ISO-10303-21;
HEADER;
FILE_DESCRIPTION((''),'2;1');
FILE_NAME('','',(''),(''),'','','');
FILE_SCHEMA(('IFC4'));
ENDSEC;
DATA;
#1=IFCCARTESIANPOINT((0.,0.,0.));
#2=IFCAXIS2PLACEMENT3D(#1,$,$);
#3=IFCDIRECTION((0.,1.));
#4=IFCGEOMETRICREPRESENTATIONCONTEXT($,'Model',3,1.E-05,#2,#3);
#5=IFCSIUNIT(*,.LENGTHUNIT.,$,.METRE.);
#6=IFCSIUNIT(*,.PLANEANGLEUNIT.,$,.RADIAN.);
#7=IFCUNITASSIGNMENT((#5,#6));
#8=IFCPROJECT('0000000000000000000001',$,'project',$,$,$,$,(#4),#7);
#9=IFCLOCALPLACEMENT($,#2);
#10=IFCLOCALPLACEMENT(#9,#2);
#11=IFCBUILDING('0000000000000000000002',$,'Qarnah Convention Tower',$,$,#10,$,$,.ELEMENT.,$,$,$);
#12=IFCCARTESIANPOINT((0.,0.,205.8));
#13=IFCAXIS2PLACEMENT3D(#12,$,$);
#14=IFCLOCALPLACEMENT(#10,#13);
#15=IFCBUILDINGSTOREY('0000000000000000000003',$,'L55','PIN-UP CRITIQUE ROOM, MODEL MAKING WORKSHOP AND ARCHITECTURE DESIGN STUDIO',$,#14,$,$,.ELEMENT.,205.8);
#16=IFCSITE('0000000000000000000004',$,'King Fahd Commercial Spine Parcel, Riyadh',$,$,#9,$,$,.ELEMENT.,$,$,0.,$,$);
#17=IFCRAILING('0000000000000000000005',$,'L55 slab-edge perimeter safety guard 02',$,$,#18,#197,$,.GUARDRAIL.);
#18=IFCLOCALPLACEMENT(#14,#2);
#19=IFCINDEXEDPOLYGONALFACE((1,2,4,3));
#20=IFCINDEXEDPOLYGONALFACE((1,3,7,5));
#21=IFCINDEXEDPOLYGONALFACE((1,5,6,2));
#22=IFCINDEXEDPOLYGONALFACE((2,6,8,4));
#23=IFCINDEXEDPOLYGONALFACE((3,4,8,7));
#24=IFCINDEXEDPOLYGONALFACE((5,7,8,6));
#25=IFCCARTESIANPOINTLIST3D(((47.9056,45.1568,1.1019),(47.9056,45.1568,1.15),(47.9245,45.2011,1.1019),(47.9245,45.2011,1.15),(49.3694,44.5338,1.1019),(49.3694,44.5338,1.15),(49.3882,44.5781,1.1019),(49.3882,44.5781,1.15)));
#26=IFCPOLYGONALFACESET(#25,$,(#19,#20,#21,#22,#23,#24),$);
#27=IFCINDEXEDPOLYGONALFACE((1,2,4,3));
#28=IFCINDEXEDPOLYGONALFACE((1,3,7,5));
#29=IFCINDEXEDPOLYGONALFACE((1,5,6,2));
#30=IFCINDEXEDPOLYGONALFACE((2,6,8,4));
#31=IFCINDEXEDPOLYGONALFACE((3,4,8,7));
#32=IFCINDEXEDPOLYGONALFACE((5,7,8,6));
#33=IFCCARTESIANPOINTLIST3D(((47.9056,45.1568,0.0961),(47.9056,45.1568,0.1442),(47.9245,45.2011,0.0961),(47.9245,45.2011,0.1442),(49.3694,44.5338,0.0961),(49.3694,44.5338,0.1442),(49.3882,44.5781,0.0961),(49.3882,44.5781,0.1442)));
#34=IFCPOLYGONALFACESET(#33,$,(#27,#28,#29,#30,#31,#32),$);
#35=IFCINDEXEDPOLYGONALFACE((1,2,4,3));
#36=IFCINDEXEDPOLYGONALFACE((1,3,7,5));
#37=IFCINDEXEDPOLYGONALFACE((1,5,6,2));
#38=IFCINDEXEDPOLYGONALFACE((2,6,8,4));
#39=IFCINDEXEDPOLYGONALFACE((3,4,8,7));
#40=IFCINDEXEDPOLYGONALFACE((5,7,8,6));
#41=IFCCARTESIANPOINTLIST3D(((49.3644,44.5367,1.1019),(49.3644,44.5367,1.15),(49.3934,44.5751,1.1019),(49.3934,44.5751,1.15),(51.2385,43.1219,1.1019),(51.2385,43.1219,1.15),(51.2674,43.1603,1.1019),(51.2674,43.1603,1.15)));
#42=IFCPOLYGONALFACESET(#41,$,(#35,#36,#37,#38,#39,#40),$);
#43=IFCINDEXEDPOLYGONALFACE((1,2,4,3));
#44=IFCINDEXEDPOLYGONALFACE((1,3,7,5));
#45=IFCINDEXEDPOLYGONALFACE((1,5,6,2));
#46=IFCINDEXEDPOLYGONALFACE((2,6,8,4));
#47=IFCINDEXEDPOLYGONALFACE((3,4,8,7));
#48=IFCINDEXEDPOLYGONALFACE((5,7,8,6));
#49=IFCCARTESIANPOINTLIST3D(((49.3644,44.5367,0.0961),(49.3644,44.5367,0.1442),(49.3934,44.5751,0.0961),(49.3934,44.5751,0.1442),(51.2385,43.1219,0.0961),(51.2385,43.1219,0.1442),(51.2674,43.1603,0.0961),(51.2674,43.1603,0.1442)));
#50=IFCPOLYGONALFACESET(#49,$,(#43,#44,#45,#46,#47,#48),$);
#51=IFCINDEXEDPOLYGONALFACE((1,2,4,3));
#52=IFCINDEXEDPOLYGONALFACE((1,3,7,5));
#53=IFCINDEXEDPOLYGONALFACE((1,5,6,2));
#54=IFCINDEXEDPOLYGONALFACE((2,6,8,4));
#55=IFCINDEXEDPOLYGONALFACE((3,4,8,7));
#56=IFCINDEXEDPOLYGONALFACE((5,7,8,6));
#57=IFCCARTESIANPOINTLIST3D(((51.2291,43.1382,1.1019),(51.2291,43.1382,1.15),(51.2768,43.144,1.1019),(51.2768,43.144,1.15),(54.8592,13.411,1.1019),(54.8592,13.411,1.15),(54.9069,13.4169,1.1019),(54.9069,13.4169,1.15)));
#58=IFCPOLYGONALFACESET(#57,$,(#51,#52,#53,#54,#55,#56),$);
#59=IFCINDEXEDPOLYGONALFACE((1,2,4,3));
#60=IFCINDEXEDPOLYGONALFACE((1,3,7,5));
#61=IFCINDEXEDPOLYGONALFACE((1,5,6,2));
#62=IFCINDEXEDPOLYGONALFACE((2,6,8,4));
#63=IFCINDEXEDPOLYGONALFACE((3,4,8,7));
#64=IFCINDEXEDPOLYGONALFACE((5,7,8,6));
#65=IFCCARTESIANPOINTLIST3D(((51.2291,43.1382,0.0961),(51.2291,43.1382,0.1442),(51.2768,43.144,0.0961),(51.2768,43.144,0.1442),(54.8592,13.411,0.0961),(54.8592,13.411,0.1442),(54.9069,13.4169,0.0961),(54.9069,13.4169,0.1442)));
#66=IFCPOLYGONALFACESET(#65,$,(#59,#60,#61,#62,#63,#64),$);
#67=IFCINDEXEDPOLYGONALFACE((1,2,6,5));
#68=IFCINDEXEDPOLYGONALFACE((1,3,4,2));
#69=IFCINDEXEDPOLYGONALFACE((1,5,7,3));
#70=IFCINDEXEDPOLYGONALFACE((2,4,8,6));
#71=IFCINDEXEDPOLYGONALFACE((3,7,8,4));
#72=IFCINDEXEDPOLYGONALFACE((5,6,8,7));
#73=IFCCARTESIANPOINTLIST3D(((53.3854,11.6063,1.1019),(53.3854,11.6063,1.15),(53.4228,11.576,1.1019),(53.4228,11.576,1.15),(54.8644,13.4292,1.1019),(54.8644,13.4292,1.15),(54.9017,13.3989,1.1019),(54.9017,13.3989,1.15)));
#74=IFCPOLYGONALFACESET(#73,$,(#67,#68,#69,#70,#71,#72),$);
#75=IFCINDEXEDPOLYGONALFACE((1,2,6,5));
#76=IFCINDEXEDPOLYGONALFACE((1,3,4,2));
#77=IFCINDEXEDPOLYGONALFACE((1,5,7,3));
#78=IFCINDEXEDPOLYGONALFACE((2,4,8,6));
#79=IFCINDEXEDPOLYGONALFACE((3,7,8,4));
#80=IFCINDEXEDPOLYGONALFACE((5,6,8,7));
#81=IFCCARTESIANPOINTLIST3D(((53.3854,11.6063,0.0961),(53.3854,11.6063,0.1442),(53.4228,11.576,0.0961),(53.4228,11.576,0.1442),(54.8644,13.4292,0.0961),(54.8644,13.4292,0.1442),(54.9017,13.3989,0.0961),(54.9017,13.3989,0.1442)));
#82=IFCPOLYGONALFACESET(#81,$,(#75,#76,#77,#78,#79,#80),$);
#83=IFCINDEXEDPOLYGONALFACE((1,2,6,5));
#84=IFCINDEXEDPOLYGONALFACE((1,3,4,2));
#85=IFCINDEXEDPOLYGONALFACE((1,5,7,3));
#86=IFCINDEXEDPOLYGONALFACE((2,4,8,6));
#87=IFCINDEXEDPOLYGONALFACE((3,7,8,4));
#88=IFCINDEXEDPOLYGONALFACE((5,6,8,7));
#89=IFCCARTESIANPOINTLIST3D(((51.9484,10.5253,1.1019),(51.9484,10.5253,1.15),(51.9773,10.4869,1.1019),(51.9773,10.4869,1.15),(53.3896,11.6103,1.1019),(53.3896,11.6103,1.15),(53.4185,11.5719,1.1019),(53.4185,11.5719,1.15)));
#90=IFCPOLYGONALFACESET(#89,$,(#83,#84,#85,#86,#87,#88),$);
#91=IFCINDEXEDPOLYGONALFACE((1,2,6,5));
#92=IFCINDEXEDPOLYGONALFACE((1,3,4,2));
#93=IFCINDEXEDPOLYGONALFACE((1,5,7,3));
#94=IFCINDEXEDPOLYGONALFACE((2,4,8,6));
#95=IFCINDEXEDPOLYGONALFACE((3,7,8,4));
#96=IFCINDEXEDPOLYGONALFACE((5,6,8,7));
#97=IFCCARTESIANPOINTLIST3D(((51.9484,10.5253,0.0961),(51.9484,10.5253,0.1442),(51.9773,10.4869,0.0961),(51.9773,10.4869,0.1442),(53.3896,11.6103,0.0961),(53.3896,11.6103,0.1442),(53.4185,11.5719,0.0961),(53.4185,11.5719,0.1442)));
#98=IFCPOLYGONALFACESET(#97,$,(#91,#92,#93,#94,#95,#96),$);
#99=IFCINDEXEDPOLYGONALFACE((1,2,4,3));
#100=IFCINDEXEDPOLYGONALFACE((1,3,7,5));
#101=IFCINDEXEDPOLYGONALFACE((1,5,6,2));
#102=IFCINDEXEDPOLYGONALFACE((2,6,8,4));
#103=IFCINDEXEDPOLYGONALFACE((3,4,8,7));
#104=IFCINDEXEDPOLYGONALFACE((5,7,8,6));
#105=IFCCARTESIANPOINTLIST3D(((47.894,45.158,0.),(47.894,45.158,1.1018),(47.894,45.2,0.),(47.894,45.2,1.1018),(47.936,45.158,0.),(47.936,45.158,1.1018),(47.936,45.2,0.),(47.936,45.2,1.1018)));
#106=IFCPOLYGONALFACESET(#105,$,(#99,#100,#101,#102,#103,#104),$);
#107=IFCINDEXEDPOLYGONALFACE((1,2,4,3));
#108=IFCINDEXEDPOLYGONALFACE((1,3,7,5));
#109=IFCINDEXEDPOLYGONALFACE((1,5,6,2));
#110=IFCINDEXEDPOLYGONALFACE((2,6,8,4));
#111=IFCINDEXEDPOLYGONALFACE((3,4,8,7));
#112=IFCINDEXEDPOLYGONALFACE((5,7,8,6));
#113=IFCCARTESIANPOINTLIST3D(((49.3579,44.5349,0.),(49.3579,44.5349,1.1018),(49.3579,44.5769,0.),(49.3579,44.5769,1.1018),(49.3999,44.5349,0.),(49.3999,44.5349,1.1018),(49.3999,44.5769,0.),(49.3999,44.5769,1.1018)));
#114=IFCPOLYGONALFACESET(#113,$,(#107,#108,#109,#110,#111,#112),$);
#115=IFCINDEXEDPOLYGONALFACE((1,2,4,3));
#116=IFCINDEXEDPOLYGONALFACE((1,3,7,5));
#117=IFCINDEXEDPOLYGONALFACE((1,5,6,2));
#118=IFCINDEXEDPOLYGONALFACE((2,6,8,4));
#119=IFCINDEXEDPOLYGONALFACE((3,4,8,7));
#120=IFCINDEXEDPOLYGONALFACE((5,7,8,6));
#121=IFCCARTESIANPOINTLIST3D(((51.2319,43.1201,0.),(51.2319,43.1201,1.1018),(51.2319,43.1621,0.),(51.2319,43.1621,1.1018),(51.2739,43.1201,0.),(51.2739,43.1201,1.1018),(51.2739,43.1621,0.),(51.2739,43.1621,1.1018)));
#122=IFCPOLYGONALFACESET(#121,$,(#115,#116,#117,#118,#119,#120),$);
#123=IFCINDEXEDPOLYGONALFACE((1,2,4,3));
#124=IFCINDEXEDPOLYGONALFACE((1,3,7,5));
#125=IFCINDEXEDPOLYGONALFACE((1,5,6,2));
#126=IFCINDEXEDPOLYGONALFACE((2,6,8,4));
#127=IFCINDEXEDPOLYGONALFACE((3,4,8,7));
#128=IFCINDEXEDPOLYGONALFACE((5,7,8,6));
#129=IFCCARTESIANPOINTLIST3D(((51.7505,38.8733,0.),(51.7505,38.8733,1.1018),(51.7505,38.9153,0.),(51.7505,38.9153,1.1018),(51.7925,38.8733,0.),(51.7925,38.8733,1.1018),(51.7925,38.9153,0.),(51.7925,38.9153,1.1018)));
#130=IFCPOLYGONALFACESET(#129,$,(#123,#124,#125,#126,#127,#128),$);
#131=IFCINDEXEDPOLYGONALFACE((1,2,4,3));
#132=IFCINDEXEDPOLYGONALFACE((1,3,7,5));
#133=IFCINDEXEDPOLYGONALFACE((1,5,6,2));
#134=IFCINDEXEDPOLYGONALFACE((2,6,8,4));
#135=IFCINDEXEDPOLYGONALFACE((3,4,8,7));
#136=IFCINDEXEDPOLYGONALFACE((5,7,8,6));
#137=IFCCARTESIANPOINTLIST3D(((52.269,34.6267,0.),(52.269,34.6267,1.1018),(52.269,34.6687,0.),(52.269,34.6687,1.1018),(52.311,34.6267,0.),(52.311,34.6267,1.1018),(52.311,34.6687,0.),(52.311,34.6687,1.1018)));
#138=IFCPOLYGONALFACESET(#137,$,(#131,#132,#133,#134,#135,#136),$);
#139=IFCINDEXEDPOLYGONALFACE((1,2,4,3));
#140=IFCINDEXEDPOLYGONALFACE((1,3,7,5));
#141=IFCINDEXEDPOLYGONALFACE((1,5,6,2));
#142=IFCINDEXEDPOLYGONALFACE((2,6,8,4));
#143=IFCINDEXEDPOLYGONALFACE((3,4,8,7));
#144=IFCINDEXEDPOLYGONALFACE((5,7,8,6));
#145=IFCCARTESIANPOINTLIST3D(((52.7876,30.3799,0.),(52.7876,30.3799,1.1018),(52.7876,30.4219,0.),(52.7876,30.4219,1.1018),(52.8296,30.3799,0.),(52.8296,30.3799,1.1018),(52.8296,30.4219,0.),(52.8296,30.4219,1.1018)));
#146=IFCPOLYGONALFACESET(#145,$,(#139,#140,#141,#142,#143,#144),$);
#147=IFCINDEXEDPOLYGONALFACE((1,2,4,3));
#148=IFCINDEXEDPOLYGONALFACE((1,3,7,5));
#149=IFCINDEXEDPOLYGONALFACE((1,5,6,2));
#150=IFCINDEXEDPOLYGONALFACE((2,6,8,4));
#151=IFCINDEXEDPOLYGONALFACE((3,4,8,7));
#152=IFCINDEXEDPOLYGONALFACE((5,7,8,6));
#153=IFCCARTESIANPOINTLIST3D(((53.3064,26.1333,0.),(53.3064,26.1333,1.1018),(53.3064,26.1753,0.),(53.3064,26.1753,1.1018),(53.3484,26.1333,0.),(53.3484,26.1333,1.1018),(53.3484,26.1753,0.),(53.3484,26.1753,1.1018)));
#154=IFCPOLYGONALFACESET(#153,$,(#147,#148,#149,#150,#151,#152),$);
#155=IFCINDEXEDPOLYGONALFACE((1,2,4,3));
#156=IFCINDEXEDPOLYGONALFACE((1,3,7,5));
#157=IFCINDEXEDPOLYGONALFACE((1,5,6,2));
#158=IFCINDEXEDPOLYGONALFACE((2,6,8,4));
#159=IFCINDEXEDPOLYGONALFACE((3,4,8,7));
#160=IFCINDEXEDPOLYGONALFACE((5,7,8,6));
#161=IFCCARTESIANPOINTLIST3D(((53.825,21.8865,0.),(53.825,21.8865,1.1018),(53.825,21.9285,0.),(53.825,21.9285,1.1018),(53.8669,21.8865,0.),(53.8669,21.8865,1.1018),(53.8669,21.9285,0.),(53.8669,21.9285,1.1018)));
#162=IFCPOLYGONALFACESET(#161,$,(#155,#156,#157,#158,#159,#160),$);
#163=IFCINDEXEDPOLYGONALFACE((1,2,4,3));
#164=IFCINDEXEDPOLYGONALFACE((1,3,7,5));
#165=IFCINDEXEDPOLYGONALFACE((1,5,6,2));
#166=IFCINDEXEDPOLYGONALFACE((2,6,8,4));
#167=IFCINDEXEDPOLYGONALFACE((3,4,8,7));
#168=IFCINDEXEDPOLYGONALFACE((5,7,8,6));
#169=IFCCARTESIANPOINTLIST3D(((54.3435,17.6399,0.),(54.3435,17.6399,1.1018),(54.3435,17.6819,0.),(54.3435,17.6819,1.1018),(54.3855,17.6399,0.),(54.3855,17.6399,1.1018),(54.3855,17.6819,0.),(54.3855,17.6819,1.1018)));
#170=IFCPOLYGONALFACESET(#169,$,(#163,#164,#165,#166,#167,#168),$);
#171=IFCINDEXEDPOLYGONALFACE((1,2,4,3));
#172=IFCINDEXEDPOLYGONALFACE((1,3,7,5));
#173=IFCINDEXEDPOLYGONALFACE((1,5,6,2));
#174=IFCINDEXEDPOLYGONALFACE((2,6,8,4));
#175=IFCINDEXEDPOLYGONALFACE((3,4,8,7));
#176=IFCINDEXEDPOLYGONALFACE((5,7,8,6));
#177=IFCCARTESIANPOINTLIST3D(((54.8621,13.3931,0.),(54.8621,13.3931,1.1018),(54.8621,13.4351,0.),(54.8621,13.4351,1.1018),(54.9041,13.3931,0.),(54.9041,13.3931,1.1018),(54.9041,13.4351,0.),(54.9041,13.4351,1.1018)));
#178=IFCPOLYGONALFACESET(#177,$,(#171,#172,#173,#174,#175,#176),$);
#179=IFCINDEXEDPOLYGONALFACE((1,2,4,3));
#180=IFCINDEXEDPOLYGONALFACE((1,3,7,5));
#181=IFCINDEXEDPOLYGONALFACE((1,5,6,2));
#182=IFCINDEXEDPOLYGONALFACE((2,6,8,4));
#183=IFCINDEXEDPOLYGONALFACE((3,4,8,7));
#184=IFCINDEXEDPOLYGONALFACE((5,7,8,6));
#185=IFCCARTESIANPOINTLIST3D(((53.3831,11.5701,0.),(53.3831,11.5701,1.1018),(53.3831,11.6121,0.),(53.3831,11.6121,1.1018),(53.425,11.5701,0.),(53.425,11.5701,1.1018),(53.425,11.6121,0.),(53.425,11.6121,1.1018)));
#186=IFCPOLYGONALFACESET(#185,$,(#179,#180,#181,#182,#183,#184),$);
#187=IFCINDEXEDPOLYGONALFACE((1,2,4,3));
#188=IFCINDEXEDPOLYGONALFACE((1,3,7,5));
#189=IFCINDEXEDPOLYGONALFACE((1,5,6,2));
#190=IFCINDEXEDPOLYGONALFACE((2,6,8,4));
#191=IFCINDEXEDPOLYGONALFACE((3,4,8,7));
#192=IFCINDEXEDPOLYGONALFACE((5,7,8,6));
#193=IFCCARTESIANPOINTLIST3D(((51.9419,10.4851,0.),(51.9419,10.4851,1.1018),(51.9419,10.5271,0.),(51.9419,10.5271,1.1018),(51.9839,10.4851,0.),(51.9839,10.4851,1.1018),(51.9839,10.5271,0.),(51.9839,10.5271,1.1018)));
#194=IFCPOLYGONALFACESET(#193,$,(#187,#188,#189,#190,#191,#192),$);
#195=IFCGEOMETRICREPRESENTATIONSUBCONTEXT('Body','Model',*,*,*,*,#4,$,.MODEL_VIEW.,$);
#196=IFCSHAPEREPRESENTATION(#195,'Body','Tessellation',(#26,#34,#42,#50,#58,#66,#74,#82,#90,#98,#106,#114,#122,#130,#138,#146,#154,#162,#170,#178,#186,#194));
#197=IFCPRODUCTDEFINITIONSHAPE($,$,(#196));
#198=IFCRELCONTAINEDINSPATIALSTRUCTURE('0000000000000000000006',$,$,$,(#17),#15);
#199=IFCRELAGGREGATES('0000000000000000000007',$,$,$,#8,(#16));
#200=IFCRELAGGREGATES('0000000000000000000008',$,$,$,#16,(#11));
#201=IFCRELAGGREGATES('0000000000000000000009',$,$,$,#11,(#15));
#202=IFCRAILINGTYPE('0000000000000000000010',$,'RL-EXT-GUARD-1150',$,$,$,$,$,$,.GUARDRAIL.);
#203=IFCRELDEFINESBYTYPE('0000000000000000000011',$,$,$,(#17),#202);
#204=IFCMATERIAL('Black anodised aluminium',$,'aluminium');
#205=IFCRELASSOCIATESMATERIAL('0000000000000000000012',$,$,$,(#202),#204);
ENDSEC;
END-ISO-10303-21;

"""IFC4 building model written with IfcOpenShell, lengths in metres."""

from ifc_helpers import new_model, si_unit, direction, frame, origin, origin_2d, place, context, subcontext, project, spatial, rectangle, extrude, material, type_object, element, save


model = new_model("IFC4")

# Units and contexts
model_context = context("Model", 3, precision=1e-05, world=origin(), true_north=direction((0.0, 1.0)))
body_context = subcontext(model_context, "Body", "Model", "MODEL_VIEW")
ifc_project = project(units=[si_unit("LENGTHUNIT", "METRE"), si_unit("PLANEANGLEUNIT", "RADIAN")], contexts=[model_context])

# Site, building, storey
site_placement = place(None, origin())
site = spatial("IfcSite", under=ifc_project, at=site_placement, Name="King Fahd Commercial Spine Parcel, Riyadh", CompositionType="ELEMENT", RefElevation=0.0)
building_placement = place(site_placement, origin())
building = spatial("IfcBuilding", under=site, at=building_placement, Name="Qarnah Convention Tower", CompositionType="ELEMENT")
storey_placement = place(building_placement, frame((0.0, 0.0, 205.8)))
storey = spatial("IfcBuildingStorey", under=building, at=storey_placement, Name="L55", Description="PIN-UP CRITIQUE ROOM, MODEL MAKING WORKSHOP AND ARCHITECTURE DESIGN STUDIO", CompositionType="ELEMENT", Elevation=205.8)

# Shared definitions
ifc_material_1 = material(Name="Black anodised aluminium", Category="aluminium")

# Railing
railing_type = type_object("IfcRailingType", Name="RL-EXT-GUARD-1150", PredefinedType="GUARDRAIL", material=ifc_material_1)
railing_1_placement = place(storey_placement, frame((47.915, 45.179, 0.0)))
element("IfcRailing", 1, at=railing_1_placement, inside=storey, type_object=railing_type, Name="L55 slab-edge perimeter safety guard 02", PredefinedType="GUARDRAIL", context=body_context, shape_type="SweptSolid", body=[
    extrude(rectangle(XDim=0.0481, YDim=0.0481, at=origin_2d()), frame((0.0, 0.0, 1.126), z_axis=(0.920126, -0.391622, 0.0), x_axis=(0.391622, 0.920126, 0.0)), (0.0, 0.0, 1.0), 1.5908),
    extrude(rectangle(XDim=0.0481, YDim=0.0481, at=origin_2d()), frame((0.0, 0.0, 0.1201), z_axis=(0.920126, -0.391622, 0.0), x_axis=(0.391622, 0.920126, 0.0)), (0.0, 0.0, 1.0), 1.5908),
    extrude(rectangle(XDim=0.0481, YDim=0.0481, at=origin_2d()), frame((1.4639, -0.623, 1.126), z_axis=(0.7981, -0.602526, 0.0), x_axis=(0.602526, 0.7981, 0.0)), (0.0, 0.0, 1.0), 2.3481),
    extrude(rectangle(XDim=0.0481, YDim=0.0481, at=origin_2d()), frame((1.4639, -0.623, 0.1201), z_axis=(0.7981, -0.602526, 0.0), x_axis=(0.602526, 0.7981, 0.0)), (0.0, 0.0, 1.0), 2.3481),
    extrude(rectangle(XDim=0.0481, YDim=0.0481, at=origin_2d()), frame((3.3379, -2.0378, 1.126), z_axis=(0.121215, -0.992626, 0.0), x_axis=(0.992626, 0.121215, 0.0)), (0.0, 0.0, 1.0), 29.948),
    extrude(rectangle(XDim=0.0481, YDim=0.0481, at=origin_2d()), frame((3.3379, -2.0378, 0.1201), z_axis=(0.121215, -0.992626, 0.0), x_axis=(0.992626, 0.121215, 0.0)), (0.0, 0.0, 1.0), 29.948),
    extrude(rectangle(XDim=0.0481, YDim=0.0481, at=origin_2d()), frame((6.968, -31.7649, 1.126), z_axis=(-0.630033, -0.776569, 0.0), x_axis=(0.776569, -0.630033, 0.0)), (0.0, 0.0, 1.0), 2.3474),
    extrude(rectangle(XDim=0.0481, YDim=0.0481, at=origin_2d()), frame((6.968, -31.7649, 0.1201), z_axis=(-0.630033, -0.776569, 0.0), x_axis=(0.776569, -0.630033, 0.0)), (0.0, 0.0, 1.0), 2.3474),
    extrude(rectangle(XDim=0.0481, YDim=0.0481, at=origin_2d()), frame((5.489, -33.5879, 1.126), z_axis=(-0.798911, -0.60145, 0.0), x_axis=(0.60145, -0.798911, 0.0)), (0.0, 0.0, 1.0), 1.804),
    extrude(rectangle(XDim=0.0481, YDim=0.0481, at=origin_2d()), frame((5.489, -33.5879, 0.1201), z_axis=(-0.798911, -0.60145, 0.0), x_axis=(0.60145, -0.798911, 0.0)), (0.0, 0.0, 1.0), 1.804),
    extrude(rectangle(XDim=0.042, YDim=0.042, at=origin_2d()), origin(), (0.0, 0.0, 1.0), 1.1018),
    extrude(rectangle(XDim=0.042, YDim=0.042, at=origin_2d()), frame((1.4639, -0.623, 0.0)), (0.0, 0.0, 1.0), 1.1018),
    extrude(rectangle(XDim=0.042, YDim=0.042, at=origin_2d()), frame((3.3379, -2.0378, 0.0)), (0.0, 0.0, 1.0), 1.1018),
    extrude(rectangle(XDim=0.042, YDim=0.042, at=origin_2d()), frame((3.8564, -6.2847, 0.0)), (0.0, 0.0, 1.0), 1.1018),
    extrude(rectangle(XDim=0.042, YDim=0.042, at=origin_2d()), frame((4.375, -10.5312, 0.0)), (0.0, 0.0, 1.0), 1.1018),
    extrude(rectangle(XDim=0.042, YDim=0.042, at=origin_2d()), frame((4.8936, -14.7781, 0.0)), (0.0, 0.0, 1.0), 1.1018),
    extrude(rectangle(XDim=0.042, YDim=0.042, at=origin_2d()), frame((5.4124, -19.0247, 0.0)), (0.0, 0.0, 1.0), 1.1018),
    extrude(rectangle(XDim=0.042, YDim=0.042, at=origin_2d()), frame((5.9309, -23.2715, 0.0)), (0.0, 0.0, 1.0), 1.1018),
    extrude(rectangle(XDim=0.042, YDim=0.042, at=origin_2d()), frame((6.4495, -27.5181, 0.0)), (0.0, 0.0, 1.0), 1.1018),
    extrude(rectangle(XDim=0.042, YDim=0.042, at=origin_2d()), frame((6.968, -31.7649, 0.0)), (0.0, 0.0, 1.0), 1.1018),
    extrude(rectangle(XDim=0.042, YDim=0.042, at=origin_2d()), frame((5.489, -33.5879, 0.0)), (0.0, 0.0, 1.0), 1.1018),
    extrude(rectangle(XDim=0.042, YDim=0.042, at=origin_2d()), frame((4.0479, -34.6729, 0.0)), (0.0, 0.0, 1.0), 1.1018),
])

save(model, "model.ifc")
